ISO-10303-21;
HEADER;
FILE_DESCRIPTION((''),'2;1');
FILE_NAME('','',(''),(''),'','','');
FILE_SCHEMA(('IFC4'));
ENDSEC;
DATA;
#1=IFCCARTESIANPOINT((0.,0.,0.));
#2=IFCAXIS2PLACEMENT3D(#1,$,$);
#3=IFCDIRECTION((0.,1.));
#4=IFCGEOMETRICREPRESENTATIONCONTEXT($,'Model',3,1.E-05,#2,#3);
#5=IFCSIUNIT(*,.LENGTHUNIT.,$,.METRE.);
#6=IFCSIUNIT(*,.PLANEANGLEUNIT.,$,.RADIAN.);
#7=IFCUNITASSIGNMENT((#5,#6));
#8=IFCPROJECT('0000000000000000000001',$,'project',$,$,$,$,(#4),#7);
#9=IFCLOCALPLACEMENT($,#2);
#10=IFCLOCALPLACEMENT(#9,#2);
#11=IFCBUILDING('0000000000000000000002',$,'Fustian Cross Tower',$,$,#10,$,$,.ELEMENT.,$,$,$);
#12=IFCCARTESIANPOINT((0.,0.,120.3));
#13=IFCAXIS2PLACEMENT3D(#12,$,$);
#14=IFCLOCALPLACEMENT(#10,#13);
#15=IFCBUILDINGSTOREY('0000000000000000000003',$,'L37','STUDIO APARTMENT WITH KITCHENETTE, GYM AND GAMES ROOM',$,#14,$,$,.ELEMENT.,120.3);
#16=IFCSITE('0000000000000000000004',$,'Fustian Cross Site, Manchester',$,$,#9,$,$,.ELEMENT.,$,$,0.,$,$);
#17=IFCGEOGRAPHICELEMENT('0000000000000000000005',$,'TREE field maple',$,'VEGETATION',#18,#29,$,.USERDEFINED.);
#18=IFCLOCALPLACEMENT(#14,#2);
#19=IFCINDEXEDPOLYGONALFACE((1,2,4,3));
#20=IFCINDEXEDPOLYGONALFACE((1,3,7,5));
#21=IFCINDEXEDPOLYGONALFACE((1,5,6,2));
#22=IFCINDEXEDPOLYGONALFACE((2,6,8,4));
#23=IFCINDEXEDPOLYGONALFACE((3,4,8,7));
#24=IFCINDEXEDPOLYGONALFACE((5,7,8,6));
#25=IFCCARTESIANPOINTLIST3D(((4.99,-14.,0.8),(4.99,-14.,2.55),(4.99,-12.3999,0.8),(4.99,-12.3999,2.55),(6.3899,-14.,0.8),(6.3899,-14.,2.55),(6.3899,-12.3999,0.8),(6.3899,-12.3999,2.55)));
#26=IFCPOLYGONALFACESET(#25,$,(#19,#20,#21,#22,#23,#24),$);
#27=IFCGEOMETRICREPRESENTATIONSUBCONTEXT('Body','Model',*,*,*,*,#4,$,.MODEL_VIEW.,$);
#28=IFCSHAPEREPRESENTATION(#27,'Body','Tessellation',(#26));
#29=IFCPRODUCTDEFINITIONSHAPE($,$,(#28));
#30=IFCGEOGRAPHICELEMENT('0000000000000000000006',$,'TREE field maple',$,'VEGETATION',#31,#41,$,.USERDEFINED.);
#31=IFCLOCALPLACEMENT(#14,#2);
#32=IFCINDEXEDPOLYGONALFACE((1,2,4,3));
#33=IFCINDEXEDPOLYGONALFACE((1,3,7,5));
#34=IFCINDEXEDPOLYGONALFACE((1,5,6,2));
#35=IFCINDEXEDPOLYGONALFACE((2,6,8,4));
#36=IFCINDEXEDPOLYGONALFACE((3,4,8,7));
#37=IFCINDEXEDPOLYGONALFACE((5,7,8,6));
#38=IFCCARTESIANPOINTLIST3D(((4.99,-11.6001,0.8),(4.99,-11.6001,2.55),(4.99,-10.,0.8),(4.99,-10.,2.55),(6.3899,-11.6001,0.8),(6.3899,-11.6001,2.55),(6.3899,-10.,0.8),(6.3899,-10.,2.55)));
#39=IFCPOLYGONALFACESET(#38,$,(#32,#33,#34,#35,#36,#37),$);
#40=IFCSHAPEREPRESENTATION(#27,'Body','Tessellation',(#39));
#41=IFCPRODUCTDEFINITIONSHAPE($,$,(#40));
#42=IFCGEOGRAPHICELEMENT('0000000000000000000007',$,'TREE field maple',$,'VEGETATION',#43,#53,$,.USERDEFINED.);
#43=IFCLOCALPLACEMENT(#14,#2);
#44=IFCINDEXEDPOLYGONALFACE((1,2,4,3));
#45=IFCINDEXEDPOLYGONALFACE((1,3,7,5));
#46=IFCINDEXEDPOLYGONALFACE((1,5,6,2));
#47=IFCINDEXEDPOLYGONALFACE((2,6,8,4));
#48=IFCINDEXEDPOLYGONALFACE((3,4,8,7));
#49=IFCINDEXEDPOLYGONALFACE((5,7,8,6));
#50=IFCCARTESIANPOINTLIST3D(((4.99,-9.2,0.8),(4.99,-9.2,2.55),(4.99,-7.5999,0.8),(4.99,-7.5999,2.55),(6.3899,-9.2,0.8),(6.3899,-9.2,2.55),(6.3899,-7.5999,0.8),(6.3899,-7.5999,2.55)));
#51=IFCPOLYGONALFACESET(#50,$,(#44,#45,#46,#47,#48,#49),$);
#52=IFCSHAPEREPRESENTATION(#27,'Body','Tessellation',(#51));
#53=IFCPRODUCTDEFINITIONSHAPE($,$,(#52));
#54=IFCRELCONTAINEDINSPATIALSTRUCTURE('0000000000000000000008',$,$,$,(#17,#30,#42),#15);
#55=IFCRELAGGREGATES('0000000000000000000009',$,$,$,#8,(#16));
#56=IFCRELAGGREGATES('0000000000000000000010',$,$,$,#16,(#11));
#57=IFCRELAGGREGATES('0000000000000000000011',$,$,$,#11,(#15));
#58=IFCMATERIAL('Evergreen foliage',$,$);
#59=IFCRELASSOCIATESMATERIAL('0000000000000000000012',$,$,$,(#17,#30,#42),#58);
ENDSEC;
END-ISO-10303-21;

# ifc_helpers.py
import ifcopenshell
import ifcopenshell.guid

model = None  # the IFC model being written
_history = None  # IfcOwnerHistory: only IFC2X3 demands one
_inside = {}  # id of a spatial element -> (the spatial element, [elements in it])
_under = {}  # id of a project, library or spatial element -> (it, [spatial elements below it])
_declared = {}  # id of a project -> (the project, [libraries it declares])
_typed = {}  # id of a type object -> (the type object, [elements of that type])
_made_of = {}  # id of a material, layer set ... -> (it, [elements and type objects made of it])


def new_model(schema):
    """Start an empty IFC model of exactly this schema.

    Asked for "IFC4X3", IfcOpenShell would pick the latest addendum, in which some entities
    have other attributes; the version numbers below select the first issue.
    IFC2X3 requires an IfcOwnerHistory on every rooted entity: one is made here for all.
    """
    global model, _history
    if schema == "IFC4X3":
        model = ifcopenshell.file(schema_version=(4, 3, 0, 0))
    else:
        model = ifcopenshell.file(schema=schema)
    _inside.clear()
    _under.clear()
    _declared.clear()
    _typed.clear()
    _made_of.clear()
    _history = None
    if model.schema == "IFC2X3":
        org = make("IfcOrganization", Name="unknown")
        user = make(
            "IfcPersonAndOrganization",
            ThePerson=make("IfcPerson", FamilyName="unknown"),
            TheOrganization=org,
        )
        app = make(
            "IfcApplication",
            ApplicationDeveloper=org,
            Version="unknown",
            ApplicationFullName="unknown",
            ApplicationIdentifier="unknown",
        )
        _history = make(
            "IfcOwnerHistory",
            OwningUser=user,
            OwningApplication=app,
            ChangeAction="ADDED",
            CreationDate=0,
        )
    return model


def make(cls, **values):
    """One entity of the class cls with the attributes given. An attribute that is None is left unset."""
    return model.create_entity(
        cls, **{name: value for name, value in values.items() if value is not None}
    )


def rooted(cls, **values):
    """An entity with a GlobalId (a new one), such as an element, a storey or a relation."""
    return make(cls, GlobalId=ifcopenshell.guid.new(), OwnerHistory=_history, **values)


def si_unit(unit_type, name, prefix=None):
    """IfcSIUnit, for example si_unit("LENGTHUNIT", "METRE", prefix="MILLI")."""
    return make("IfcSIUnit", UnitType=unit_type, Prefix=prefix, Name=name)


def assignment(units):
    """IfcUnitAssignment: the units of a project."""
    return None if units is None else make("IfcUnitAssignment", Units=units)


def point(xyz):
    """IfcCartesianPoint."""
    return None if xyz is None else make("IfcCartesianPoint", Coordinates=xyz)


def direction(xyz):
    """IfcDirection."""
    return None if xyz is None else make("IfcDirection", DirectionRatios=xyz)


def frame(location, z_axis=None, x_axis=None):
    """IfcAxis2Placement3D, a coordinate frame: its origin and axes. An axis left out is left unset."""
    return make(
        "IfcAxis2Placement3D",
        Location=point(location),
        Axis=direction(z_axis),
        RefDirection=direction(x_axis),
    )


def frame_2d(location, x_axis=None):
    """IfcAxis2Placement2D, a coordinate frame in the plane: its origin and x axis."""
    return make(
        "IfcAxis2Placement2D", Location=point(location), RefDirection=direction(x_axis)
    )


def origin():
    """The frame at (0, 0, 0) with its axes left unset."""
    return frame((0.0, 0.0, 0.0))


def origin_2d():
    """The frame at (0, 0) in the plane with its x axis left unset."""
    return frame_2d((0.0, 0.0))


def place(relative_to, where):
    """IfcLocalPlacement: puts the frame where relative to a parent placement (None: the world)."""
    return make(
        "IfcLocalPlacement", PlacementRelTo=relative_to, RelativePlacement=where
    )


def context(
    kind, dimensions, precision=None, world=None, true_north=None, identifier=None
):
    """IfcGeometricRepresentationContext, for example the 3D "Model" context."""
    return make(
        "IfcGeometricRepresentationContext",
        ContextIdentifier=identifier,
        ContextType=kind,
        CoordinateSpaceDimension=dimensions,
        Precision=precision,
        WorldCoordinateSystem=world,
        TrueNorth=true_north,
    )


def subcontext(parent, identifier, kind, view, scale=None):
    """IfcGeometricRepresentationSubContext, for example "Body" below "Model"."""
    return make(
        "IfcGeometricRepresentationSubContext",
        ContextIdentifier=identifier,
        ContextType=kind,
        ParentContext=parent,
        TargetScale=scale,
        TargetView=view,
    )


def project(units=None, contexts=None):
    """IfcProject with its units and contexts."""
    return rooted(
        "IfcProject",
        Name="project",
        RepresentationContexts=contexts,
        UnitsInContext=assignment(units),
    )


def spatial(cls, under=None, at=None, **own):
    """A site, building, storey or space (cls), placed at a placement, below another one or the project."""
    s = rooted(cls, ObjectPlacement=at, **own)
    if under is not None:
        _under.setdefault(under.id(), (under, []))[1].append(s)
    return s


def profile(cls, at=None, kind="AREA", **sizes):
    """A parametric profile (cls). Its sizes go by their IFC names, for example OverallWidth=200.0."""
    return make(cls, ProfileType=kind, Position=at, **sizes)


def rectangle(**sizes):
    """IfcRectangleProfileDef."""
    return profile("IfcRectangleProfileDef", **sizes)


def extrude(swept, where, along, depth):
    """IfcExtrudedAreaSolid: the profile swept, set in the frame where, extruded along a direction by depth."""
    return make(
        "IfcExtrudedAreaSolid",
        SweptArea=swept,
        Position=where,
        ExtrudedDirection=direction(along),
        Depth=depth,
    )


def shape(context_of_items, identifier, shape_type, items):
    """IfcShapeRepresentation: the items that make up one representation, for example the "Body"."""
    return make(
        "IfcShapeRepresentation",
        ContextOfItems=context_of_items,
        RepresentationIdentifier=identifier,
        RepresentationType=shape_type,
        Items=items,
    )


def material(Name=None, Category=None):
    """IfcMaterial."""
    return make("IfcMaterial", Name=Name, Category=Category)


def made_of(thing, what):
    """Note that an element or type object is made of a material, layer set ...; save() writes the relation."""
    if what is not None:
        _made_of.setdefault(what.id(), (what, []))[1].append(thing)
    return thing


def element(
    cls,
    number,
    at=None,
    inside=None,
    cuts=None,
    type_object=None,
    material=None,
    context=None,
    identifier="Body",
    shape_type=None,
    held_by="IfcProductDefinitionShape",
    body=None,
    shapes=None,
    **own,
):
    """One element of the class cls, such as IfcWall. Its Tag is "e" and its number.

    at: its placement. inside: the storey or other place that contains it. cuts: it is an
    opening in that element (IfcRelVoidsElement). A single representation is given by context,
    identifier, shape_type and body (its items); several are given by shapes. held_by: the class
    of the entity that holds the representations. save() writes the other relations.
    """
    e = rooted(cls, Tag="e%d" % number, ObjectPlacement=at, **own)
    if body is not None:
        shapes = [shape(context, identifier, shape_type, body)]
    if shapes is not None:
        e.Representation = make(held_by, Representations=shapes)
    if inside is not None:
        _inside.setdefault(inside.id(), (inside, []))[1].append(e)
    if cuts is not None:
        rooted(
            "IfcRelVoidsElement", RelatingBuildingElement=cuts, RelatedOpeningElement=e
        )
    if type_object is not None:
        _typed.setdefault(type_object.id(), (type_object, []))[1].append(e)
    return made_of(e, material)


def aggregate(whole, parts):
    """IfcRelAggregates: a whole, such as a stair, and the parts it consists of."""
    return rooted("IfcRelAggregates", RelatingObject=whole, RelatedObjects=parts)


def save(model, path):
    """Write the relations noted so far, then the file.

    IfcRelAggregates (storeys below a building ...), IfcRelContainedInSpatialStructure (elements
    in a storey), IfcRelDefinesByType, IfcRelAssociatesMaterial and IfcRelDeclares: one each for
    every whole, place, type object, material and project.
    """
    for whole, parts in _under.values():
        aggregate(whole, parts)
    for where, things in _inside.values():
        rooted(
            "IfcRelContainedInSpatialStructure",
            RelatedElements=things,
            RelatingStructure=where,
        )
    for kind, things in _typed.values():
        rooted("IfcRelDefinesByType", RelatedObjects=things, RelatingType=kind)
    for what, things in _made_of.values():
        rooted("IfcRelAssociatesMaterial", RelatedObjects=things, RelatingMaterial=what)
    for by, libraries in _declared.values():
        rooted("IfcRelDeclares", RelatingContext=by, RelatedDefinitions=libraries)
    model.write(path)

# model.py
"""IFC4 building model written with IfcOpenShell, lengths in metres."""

from ifc_helpers import new_model, si_unit, direction, frame, origin, origin_2d, place, context, subcontext, project, spatial, rectangle, extrude, material, element, save


model = new_model("IFC4")

# Units and contexts
model_context = context("Model", 3, precision=1e-05, world=origin(), true_north=direction((0.0, 1.0)))
body_context = subcontext(model_context, "Body", "Model", "MODEL_VIEW")
ifc_project = project(units=[si_unit("LENGTHUNIT", "METRE"), si_unit("PLANEANGLEUNIT", "RADIAN")], contexts=[model_context])

# Site, building, storey
site_placement = place(None, origin())
site = spatial("IfcSite", under=ifc_project, at=site_placement, Name="Fustian Cross Site, Manchester", CompositionType="ELEMENT", RefElevation=0.0)
building_placement = place(site_placement, origin())
building = spatial("IfcBuilding", under=site, at=building_placement, Name="Fustian Cross Tower", CompositionType="ELEMENT")
storey_placement = place(building_placement, frame((0.0, 0.0, 120.3)))
storey = spatial("IfcBuildingStorey", under=building, at=storey_placement, Name="L37", Description="STUDIO APARTMENT WITH KITCHENETTE, GYM AND GAMES ROOM", CompositionType="ELEMENT", Elevation=120.3)

# Geographic elements
ifc_material_1 = material(Name="Evergreen foliage")
for number, where, z_axis, x_axis, name in (
    (1, (5.6899, -13.2, 0.8), (0.0, 0.0, 1.0), (1.0, 0.0, 0.0), "TREE field maple"),
    (2, (5.6899, -10.8, 0.8), (0.0, 0.0, 1.0), (1.0, 0.0, 0.0), "TREE field maple"),
    (3, (5.6899, -8.3999, 0.8), (0.0, 0.0, 1.0), (1.0, 0.0, 0.0), "TREE field maple"),
):
    element("IfcGeographicElement", number, at=place(storey_placement, frame(where, z_axis=z_axis, x_axis=x_axis)), inside=storey, material=ifc_material_1, Name=name, ObjectType="VEGETATION", PredefinedType="USERDEFINED", context=body_context, shape_type="SweptSolid", body=[
        extrude(rectangle(XDim=1.3999, YDim=1.6001, at=origin_2d()), origin(), (0.0, 0.0, 1.0), 1.75),
    ])

save(model, "model.ifc")
